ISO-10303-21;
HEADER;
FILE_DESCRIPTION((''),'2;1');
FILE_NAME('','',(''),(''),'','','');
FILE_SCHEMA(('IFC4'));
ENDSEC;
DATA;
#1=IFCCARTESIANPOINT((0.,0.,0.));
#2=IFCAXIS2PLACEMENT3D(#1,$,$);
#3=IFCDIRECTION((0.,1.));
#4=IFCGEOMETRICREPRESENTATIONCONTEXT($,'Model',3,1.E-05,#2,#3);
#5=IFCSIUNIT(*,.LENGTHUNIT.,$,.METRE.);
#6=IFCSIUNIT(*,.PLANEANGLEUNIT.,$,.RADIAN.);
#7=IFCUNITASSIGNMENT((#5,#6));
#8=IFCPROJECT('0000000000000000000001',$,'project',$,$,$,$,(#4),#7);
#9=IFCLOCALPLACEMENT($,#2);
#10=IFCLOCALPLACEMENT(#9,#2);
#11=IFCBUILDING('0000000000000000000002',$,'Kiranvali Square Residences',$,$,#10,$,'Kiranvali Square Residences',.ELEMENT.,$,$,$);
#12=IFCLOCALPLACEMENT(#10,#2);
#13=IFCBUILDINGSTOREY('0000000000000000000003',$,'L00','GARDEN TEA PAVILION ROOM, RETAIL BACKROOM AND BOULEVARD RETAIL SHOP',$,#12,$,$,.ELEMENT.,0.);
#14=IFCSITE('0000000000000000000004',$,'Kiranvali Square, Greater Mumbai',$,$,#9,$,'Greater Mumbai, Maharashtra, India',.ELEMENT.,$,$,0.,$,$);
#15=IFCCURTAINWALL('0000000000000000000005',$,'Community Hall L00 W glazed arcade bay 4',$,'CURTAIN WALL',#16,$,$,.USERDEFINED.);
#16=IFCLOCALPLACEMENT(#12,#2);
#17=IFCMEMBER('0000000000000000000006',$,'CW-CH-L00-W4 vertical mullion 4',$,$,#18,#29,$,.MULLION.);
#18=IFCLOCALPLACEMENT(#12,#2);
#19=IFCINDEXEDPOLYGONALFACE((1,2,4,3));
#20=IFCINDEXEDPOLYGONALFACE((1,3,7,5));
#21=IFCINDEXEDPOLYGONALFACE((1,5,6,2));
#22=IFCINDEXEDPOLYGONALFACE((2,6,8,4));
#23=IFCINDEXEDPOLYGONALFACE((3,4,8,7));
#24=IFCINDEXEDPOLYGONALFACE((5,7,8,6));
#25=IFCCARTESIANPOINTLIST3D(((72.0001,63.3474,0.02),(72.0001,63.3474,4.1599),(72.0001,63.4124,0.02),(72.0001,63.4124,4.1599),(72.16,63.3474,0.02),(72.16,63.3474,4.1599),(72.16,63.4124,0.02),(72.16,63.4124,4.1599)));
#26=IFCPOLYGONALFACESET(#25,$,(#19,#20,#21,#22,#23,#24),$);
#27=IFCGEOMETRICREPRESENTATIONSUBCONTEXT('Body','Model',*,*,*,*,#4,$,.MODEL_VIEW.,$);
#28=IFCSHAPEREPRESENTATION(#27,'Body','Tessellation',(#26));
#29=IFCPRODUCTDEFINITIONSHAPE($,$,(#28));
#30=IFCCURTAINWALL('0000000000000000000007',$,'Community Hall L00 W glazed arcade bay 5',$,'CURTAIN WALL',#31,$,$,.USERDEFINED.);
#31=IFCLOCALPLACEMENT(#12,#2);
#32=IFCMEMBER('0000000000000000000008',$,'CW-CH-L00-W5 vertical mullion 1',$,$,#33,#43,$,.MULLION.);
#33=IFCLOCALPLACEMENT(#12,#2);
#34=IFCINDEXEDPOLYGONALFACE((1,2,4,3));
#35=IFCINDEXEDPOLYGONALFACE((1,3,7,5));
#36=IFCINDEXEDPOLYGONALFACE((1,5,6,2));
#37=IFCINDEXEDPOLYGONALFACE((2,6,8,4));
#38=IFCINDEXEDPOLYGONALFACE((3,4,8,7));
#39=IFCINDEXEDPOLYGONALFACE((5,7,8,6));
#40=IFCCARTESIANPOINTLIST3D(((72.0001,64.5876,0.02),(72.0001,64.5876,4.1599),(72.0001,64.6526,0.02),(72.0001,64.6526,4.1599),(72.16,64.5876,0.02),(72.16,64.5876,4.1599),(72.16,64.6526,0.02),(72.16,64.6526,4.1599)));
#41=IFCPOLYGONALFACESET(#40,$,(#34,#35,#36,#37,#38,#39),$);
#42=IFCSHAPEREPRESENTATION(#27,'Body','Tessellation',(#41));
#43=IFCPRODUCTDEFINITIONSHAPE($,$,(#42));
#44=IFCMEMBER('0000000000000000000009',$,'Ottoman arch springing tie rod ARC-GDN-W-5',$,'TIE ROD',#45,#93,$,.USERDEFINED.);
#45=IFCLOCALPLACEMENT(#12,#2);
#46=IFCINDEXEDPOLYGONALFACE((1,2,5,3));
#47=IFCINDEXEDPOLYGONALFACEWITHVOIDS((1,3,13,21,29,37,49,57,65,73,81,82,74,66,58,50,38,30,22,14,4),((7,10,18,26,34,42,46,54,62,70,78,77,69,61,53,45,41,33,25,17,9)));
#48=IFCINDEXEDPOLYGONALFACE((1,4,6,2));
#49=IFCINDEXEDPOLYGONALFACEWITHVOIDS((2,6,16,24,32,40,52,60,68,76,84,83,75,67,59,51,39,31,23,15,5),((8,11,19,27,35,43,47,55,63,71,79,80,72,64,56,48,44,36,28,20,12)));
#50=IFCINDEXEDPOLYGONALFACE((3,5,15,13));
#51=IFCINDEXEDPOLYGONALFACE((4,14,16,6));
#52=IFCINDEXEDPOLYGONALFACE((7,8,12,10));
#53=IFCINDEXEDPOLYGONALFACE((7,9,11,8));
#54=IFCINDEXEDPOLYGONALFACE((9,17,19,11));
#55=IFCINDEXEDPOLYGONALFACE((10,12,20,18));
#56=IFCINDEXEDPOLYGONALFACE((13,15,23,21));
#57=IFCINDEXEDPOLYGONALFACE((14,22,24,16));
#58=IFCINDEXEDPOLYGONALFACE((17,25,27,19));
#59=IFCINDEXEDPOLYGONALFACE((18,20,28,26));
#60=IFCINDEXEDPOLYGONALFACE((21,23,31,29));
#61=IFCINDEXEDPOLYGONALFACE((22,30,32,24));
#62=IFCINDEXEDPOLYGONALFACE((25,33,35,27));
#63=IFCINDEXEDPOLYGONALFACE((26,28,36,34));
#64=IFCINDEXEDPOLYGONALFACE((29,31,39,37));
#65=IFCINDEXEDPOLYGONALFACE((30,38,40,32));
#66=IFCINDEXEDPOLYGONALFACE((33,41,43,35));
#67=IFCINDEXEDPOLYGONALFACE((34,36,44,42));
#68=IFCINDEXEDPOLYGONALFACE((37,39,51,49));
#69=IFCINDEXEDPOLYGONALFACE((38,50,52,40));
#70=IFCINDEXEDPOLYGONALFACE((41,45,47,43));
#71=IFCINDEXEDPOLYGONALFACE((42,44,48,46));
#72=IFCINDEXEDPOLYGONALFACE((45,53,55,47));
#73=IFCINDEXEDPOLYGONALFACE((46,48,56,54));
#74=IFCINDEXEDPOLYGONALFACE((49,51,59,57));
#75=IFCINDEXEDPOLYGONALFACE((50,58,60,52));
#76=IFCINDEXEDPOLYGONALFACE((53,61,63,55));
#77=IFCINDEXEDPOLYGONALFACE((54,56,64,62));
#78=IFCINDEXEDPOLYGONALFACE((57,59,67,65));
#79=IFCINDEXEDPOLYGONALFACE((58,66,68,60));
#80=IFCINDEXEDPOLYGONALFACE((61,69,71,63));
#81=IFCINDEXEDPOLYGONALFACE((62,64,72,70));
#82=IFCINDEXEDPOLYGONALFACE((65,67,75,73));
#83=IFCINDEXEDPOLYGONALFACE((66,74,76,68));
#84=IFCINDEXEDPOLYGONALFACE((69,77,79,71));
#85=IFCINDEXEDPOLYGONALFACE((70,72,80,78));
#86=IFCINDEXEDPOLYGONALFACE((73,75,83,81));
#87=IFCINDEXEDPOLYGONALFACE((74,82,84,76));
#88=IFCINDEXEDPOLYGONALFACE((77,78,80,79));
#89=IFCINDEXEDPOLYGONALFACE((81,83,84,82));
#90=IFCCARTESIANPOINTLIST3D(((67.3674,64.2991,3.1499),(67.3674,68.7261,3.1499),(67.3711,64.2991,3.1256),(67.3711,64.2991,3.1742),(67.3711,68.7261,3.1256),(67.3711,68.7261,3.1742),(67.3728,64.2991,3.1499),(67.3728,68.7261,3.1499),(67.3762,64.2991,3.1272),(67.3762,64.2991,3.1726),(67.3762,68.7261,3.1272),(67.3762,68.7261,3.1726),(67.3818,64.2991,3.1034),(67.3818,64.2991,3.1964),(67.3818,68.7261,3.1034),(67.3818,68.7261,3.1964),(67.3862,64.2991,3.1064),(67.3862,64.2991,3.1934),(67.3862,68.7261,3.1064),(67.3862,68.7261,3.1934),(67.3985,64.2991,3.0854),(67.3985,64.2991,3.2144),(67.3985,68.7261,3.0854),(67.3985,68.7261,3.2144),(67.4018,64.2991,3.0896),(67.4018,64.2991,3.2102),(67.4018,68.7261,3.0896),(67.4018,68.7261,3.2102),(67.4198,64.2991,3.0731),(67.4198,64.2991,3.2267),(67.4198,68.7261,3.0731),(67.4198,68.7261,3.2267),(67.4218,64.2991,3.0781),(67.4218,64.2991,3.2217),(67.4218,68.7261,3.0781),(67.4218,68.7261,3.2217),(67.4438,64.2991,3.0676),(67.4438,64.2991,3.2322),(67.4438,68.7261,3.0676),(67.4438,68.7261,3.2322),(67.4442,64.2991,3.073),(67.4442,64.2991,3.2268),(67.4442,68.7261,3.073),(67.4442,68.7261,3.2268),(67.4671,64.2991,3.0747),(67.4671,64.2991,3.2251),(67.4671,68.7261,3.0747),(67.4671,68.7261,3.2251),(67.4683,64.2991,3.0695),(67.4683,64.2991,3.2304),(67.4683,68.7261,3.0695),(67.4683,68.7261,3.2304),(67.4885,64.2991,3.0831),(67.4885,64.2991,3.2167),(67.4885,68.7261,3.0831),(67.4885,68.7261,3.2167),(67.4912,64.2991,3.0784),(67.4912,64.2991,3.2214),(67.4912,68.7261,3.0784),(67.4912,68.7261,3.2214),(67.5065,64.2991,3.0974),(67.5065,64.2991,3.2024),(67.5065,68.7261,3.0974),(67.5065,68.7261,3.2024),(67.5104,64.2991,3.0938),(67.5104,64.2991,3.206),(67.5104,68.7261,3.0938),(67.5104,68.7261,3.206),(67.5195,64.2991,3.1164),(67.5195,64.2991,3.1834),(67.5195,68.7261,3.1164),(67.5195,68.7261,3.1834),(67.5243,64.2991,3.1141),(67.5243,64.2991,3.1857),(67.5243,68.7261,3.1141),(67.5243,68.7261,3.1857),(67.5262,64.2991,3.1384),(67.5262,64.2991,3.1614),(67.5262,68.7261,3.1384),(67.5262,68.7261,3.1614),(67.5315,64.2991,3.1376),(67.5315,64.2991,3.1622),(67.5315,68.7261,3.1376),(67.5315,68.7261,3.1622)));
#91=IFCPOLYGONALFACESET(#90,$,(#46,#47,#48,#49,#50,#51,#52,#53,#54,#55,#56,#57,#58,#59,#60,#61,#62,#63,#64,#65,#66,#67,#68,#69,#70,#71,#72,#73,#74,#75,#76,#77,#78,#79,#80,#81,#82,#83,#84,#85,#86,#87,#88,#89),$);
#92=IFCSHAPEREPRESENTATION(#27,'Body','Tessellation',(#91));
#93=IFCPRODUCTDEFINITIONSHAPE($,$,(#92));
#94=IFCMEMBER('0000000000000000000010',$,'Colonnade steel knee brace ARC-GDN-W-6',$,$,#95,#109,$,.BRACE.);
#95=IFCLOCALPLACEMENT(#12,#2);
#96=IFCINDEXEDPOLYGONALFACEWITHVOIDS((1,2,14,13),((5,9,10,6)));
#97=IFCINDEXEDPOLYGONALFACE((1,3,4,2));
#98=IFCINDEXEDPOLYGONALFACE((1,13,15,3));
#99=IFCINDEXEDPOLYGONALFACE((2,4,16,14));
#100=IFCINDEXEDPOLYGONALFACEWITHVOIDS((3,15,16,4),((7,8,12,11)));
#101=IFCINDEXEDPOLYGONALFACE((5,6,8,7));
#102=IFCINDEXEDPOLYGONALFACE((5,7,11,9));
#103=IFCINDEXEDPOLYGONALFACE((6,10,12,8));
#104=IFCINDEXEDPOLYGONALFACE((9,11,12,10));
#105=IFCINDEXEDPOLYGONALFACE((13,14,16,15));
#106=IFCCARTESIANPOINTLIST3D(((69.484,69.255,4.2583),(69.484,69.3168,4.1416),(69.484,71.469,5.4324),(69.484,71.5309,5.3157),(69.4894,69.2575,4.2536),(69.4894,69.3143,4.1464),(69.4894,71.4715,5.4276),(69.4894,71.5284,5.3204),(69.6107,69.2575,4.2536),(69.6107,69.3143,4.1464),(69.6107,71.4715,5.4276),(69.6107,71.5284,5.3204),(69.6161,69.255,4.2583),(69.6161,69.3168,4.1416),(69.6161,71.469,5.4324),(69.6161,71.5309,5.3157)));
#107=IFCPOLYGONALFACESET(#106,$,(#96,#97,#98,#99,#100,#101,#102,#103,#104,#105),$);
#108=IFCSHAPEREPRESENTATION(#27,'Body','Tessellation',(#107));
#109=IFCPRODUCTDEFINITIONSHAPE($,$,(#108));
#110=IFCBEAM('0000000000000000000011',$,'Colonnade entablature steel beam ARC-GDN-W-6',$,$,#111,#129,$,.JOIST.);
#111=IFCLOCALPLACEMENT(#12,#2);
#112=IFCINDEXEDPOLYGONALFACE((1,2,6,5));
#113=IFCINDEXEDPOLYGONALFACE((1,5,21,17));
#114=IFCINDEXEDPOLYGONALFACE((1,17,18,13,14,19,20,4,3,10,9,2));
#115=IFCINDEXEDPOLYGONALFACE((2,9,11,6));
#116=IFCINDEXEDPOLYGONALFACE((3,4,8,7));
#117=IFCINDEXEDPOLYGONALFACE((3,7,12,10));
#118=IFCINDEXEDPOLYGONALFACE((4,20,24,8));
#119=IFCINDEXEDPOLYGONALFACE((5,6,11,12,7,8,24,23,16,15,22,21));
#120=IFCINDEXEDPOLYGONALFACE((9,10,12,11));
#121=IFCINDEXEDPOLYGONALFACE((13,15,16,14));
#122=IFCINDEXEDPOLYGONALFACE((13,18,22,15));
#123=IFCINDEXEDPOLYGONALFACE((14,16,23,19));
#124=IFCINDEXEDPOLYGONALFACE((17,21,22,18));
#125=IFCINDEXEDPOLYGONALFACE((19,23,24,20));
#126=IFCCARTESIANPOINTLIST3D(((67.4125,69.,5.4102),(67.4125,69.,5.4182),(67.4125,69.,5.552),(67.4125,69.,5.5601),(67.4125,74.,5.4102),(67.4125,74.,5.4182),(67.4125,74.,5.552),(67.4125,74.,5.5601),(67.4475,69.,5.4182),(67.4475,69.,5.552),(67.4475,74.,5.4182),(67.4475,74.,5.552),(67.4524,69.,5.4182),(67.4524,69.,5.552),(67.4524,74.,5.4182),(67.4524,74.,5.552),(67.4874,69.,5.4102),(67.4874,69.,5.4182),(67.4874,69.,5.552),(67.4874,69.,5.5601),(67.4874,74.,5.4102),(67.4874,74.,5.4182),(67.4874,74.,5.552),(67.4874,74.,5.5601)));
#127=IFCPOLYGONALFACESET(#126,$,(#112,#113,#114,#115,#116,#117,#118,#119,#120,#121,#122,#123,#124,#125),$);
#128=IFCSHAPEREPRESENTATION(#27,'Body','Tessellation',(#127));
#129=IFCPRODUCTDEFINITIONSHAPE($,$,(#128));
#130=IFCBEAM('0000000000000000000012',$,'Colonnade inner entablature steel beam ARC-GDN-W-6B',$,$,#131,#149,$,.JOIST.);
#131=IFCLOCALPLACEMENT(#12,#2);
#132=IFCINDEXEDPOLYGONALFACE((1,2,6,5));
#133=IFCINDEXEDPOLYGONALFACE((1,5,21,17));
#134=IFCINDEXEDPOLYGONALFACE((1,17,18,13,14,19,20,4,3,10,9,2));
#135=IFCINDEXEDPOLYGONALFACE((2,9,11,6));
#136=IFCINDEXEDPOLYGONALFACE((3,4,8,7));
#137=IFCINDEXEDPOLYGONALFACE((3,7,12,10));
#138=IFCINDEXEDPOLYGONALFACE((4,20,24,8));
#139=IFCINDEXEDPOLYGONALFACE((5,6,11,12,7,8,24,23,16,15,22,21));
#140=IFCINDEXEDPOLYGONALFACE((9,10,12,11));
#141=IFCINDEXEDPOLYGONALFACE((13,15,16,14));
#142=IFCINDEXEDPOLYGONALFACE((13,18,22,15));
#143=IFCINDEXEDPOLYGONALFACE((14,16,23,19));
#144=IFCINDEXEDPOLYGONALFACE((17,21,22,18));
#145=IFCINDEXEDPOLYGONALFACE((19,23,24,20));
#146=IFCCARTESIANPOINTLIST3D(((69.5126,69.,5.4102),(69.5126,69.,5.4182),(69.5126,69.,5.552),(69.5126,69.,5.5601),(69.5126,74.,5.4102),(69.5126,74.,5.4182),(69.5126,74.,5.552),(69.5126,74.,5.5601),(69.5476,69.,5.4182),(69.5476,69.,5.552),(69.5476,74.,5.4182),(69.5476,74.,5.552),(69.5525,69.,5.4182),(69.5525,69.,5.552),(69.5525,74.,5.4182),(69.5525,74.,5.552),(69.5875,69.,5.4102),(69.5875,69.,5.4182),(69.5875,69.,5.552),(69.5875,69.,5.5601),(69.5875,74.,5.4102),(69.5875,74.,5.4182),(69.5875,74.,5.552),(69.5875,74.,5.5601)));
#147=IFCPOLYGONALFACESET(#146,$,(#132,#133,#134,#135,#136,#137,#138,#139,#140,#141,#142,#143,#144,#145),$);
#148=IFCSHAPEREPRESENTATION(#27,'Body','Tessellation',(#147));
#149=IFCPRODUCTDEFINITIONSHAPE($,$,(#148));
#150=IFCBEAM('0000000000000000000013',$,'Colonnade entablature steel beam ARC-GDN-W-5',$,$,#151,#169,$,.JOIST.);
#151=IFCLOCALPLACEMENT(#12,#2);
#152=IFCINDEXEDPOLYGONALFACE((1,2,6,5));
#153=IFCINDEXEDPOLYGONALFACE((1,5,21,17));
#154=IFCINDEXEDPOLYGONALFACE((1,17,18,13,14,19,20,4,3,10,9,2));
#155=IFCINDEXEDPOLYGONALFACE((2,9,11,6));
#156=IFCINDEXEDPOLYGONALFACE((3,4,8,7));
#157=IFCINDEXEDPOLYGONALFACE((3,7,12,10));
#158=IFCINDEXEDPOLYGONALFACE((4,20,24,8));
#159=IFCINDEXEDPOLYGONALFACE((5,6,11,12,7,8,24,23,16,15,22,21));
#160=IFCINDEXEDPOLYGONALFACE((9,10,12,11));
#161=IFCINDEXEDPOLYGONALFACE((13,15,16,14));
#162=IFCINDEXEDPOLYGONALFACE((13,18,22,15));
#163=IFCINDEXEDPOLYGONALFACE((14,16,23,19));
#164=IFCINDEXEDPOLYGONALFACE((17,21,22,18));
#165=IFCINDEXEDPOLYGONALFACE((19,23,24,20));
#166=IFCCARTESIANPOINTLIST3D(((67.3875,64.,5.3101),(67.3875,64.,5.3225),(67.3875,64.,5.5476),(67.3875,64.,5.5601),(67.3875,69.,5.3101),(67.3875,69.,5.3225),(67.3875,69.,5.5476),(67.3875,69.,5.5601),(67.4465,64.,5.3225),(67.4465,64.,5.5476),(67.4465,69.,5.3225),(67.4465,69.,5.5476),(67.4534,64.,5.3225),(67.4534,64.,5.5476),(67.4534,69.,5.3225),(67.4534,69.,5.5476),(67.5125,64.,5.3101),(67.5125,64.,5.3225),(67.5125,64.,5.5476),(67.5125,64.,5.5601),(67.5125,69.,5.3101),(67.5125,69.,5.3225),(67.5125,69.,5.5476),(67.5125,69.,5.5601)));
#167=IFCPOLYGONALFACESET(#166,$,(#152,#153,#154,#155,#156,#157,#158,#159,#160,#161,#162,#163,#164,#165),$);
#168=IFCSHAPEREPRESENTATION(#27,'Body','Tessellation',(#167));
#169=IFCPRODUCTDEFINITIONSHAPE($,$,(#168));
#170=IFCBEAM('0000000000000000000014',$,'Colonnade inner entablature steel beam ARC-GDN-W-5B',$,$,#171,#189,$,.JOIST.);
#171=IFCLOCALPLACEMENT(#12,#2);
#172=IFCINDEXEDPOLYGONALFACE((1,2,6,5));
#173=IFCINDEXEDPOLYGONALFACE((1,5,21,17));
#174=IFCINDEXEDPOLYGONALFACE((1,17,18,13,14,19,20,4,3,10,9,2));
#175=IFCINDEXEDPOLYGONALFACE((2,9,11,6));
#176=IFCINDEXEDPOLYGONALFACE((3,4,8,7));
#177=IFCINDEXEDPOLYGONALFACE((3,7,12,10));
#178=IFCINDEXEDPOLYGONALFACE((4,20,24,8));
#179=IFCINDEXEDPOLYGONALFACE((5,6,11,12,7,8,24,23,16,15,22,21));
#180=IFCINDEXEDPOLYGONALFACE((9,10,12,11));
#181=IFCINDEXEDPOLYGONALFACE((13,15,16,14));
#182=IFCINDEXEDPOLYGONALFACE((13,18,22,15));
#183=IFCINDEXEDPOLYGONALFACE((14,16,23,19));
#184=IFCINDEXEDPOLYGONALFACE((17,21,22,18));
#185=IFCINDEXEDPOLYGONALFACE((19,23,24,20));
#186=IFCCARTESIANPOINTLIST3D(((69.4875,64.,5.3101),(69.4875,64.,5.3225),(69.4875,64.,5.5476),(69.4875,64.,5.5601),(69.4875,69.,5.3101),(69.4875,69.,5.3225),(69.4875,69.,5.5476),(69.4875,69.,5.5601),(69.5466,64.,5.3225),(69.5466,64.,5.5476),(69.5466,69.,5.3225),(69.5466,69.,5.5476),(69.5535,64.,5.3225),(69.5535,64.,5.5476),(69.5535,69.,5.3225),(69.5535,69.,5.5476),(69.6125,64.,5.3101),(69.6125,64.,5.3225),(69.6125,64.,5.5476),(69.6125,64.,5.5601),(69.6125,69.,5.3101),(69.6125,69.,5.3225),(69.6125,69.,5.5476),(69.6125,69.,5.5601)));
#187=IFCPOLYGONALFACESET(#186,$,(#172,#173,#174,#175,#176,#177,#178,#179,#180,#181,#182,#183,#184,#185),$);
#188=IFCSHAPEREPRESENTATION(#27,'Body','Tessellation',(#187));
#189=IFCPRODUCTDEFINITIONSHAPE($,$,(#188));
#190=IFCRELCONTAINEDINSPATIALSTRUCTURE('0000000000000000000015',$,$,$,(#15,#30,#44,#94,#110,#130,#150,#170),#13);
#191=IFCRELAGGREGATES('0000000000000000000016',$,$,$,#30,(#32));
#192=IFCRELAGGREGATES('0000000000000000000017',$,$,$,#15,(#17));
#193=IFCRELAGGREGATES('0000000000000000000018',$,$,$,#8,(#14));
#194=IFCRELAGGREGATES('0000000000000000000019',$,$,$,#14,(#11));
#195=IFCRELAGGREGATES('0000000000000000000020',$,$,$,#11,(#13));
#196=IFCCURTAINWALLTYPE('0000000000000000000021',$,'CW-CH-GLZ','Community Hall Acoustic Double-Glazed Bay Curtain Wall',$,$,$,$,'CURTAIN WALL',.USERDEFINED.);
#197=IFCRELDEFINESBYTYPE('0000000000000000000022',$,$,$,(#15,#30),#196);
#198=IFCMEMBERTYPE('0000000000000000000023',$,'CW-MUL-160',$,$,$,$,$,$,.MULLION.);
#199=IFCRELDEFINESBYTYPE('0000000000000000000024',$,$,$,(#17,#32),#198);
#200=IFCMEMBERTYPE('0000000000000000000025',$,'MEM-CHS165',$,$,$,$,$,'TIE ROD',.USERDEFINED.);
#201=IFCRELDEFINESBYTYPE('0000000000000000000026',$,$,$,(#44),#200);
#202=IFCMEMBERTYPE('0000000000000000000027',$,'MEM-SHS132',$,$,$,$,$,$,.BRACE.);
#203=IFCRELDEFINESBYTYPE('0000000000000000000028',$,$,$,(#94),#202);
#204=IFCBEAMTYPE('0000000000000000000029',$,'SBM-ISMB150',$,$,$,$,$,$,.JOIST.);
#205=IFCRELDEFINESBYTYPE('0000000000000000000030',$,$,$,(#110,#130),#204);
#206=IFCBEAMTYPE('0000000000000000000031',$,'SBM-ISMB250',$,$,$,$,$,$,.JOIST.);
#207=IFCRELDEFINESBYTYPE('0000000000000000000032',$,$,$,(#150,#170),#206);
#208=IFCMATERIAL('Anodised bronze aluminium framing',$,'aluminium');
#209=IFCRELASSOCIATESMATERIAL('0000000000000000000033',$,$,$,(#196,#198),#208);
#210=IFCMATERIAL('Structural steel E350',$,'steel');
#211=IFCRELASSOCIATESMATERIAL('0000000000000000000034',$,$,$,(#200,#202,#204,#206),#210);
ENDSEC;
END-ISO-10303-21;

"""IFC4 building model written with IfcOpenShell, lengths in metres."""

from ifc_helpers import new_model, si_unit, direction, frame, origin, origin_2d, place, context, subcontext, project, spatial, rectangle, hollow_rectangle, hollow_circle, i_section, extrude, material, material_profile, profile_set, type_object, element, aggregate, save


model = new_model("IFC4")

# Units and contexts
model_context = context("Model", 3, precision=1e-05, world=origin(), true_north=direction((0.0, 1.0)))
body_context = subcontext(model_context, "Body", "Model", "MODEL_VIEW")
ifc_project = project(units=[si_unit("LENGTHUNIT", "METRE"), si_unit("PLANEANGLEUNIT", "RADIAN")], contexts=[model_context])

# Site, building, storey
site_placement = place(None, origin())
site = spatial("IfcSite", under=ifc_project, at=site_placement, Name="Kiranvali Square, Greater Mumbai", LongName="Greater Mumbai, Maharashtra, India", CompositionType="ELEMENT", RefElevation=0.0)
building_placement = place(site_placement, origin())
building = spatial("IfcBuilding", under=site, at=building_placement, Name="Kiranvali Square Residences", LongName="Kiranvali Square Residences", CompositionType="ELEMENT")
storey_placement = place(building_placement, origin())
storey = spatial("IfcBuildingStorey", under=building, at=storey_placement, Name="L00", Description="GARDEN TEA PAVILION ROOM, RETAIL BACKROOM AND BOULEVARD RETAIL SHOP", CompositionType="ELEMENT", Elevation=0.0)

# Curtain walls, members
ifc_material_1 = material(Name="Anodised bronze aluminium framing", Category="aluminium")
curtain_wall_type = type_object("IfcCurtainWallType", Name="CW-CH-GLZ", Description="Community Hall Acoustic Double-Glazed Bay Curtain Wall", ElementType="CURTAIN WALL", PredefinedType="USERDEFINED", material=ifc_material_1)
curtain_wall_1_placement = place(storey_placement, origin())
curtain_wall_1 = element("IfcCurtainWall", 1, at=curtain_wall_1_placement, inside=storey, type_object=curtain_wall_type, Name="Community Hall L00 W glazed arcade bay 4", ObjectType="CURTAIN WALL", PredefinedType="USERDEFINED")
ifc_material_profile_1 = material_profile(ifc_material_1, rectangle(XDim=0.0649, YDim=0.1599, at=origin_2d()), Name="ALU 65x160")
ifc_profile_set_1 = profile_set([ifc_material_profile_1], Name="Anodised bronze aluminium framing")
member_type_1 = type_object("IfcMemberType", Name="CW-MUL-160", PredefinedType="MULLION", material=ifc_profile_set_1)
member_1_placement = place(storey_placement, frame((72.0801, 63.3799, 0.02), z_axis=(0.0, 0.0, 1.0), x_axis=(0.0, 1.0, 0.0)))
member_1 = element("IfcMember", 2, at=member_1_placement, type_object=member_type_1, Name="CW-CH-L00-W4 vertical mullion 4", PredefinedType="MULLION", context=body_context, shape_type="SweptSolid", body=[
    extrude(rectangle(XDim=0.0649, YDim=0.1599, at=origin_2d()), origin(), (0.0, 0.0, 1.0), 4.1399),
])
curtain_wall_2_placement = place(storey_placement, origin())
curtain_wall_2 = element("IfcCurtainWall", 3, at=curtain_wall_2_placement, inside=storey, type_object=curtain_wall_type, Name="Community Hall L00 W glazed arcade bay 5", ObjectType="CURTAIN WALL", PredefinedType="USERDEFINED")
member_2_placement = place(storey_placement, frame((72.0801, 64.6201, 0.02), z_axis=(0.0, 0.0, 1.0), x_axis=(0.0, 1.0, 0.0)))
member_2 = element("IfcMember", 4, at=member_2_placement, type_object=member_type_1, Name="CW-CH-L00-W5 vertical mullion 1", PredefinedType="MULLION", context=body_context, shape_type="SweptSolid", body=[
    extrude(rectangle(XDim=0.0649, YDim=0.1599, at=origin_2d()), origin(), (0.0, 0.0, 1.0), 4.1399),
])
aggregate(curtain_wall_2, [member_2])

# Members
ifc_material_2 = material(Name="Structural steel E350", Category="steel")
ifc_material_profile_2 = material_profile(ifc_material_2, hollow_circle(Radius=0.0825, WallThickness=0.0054, at=origin_2d()), Name="CHS 165.1x5.4")
ifc_profile_set_2 = profile_set([ifc_material_profile_2], Name="Structural steel E350")
member_type_2 = type_object("IfcMemberType", Name="MEM-CHS165", ElementType="TIE ROD", PredefinedType="USERDEFINED", material=ifc_profile_set_2)
member_3_placement = place(storey_placement, frame((67.45, 64.2991, 3.1499), z_axis=(0.0, 1.0, 0.0), x_axis=(-1.0, 0.0, 0.0)))
element("IfcMember", 5, at=member_3_placement, inside=storey, type_object=member_type_2, Name="Ottoman arch springing tie rod ARC-GDN-W-5", ObjectType="TIE ROD", PredefinedType="USERDEFINED", context=body_context, shape_type="SweptSolid", body=[
    extrude(hollow_circle(Radius=0.0825, WallThickness=0.0054, at=origin_2d()), origin(), (0.0, 0.0, 1.0), 4.427),
])
ifc_material_profile_3 = material_profile(ifc_material_2, hollow_rectangle(XDim=0.1321, YDim=0.1321, WallThickness=0.0054, at=origin_2d()), Name="SHS 132x132x5.4")
ifc_profile_set_3 = profile_set([ifc_material_profile_3], Name="Structural steel E350")
member_type_3 = type_object("IfcMemberType", Name="MEM-SHS132", PredefinedType="BRACE", material=ifc_profile_set_3)
member_4_placement = place(storey_placement, frame((69.55, 69.2859, 4.2), z_axis=(0.0, 0.883475, 0.468478), x_axis=(-1.0, 0.0, 0.0)))
element("IfcMember", 6, at=member_4_placement, inside=storey, type_object=member_type_3, Name="Colonnade steel knee brace ARC-GDN-W-6", PredefinedType="BRACE", context=body_context, shape_type="SweptSolid", body=[
    extrude(hollow_rectangle(XDim=0.1321, YDim=0.1321, WallThickness=0.0054, at=origin_2d()), origin(), (0.0, 0.0, 1.0), 2.5061),
])

# Beams
ifc_material_profile_4 = material_profile(ifc_material_2, i_section(OverallWidth=0.075, OverallDepth=0.1499, WebThickness=0.0049, FlangeThickness=0.0081, at=origin_2d()), Name="ISMB 150")
ifc_profile_set_4 = profile_set([ifc_material_profile_4], Name="Structural steel E350")
beam_type_1 = type_object("IfcBeamType", Name="SBM-ISMB150", PredefinedType="JOIST", material=ifc_profile_set_4)
for number, where, z_axis, x_axis, name in (
    (7, (67.45, 69.0, 5.4851), (0.0, 1.0, 0.0), (-1.0, 0.0, 0.0), "Colonnade entablature steel beam ARC-GDN-W-6"),
    (8, (69.55, 69.0, 5.4851), (0.0, 1.0, 0.0), (-1.0, 0.0, 0.0), "Colonnade inner entablature steel beam ARC-GDN-W-6B"),
):
    element("IfcBeam", number, at=place(storey_placement, frame(where, z_axis=z_axis, x_axis=x_axis)), inside=storey, type_object=beam_type_1, Name=name, PredefinedType="JOIST", context=body_context, shape_type="SweptSolid", body=[
        extrude(i_section(OverallWidth=0.075, OverallDepth=0.1499, WebThickness=0.0049, FlangeThickness=0.0081, at=origin_2d()), origin(), (0.0, 0.0, 1.0), 5.0),
    ])
ifc_material_profile_5 = material_profile(ifc_material_2, i_section(OverallWidth=0.125, OverallDepth=0.25, WebThickness=0.0068, FlangeThickness=0.0125, at=origin_2d()), Name="ISMB 250")
ifc_profile_set_5 = profile_set([ifc_material_profile_5], Name="Structural steel E350")
beam_type_2 = type_object("IfcBeamType", Name="SBM-ISMB250", PredefinedType="JOIST", material=ifc_profile_set_5)
for number, where, z_axis, x_axis, name in (
    (9, (67.45, 64.0, 5.4351), (0.0, 1.0, 0.0), (-1.0, 0.0, 0.0), "Colonnade entablature steel beam ARC-GDN-W-5"),
    (10, (69.55, 64.0, 5.4351), (0.0, 1.0, 0.0), (-1.0, 0.0, 0.0), "Colonnade inner entablature steel beam ARC-GDN-W-5B"),
):
    element("IfcBeam", number, at=place(storey_placement, frame(where, z_axis=z_axis, x_axis=x_axis)), inside=storey, type_object=beam_type_2, Name=name, PredefinedType="JOIST", context=body_context, shape_type="SweptSolid", body=[
        extrude(i_section(OverallWidth=0.125, OverallDepth=0.25, WebThickness=0.0068, FlangeThickness=0.0125, at=origin_2d()), origin(), (0.0, 0.0, 1.0), 5.0),
    ])

aggregate(curtain_wall_1, [member_1])

save(model, "model.ifc")
